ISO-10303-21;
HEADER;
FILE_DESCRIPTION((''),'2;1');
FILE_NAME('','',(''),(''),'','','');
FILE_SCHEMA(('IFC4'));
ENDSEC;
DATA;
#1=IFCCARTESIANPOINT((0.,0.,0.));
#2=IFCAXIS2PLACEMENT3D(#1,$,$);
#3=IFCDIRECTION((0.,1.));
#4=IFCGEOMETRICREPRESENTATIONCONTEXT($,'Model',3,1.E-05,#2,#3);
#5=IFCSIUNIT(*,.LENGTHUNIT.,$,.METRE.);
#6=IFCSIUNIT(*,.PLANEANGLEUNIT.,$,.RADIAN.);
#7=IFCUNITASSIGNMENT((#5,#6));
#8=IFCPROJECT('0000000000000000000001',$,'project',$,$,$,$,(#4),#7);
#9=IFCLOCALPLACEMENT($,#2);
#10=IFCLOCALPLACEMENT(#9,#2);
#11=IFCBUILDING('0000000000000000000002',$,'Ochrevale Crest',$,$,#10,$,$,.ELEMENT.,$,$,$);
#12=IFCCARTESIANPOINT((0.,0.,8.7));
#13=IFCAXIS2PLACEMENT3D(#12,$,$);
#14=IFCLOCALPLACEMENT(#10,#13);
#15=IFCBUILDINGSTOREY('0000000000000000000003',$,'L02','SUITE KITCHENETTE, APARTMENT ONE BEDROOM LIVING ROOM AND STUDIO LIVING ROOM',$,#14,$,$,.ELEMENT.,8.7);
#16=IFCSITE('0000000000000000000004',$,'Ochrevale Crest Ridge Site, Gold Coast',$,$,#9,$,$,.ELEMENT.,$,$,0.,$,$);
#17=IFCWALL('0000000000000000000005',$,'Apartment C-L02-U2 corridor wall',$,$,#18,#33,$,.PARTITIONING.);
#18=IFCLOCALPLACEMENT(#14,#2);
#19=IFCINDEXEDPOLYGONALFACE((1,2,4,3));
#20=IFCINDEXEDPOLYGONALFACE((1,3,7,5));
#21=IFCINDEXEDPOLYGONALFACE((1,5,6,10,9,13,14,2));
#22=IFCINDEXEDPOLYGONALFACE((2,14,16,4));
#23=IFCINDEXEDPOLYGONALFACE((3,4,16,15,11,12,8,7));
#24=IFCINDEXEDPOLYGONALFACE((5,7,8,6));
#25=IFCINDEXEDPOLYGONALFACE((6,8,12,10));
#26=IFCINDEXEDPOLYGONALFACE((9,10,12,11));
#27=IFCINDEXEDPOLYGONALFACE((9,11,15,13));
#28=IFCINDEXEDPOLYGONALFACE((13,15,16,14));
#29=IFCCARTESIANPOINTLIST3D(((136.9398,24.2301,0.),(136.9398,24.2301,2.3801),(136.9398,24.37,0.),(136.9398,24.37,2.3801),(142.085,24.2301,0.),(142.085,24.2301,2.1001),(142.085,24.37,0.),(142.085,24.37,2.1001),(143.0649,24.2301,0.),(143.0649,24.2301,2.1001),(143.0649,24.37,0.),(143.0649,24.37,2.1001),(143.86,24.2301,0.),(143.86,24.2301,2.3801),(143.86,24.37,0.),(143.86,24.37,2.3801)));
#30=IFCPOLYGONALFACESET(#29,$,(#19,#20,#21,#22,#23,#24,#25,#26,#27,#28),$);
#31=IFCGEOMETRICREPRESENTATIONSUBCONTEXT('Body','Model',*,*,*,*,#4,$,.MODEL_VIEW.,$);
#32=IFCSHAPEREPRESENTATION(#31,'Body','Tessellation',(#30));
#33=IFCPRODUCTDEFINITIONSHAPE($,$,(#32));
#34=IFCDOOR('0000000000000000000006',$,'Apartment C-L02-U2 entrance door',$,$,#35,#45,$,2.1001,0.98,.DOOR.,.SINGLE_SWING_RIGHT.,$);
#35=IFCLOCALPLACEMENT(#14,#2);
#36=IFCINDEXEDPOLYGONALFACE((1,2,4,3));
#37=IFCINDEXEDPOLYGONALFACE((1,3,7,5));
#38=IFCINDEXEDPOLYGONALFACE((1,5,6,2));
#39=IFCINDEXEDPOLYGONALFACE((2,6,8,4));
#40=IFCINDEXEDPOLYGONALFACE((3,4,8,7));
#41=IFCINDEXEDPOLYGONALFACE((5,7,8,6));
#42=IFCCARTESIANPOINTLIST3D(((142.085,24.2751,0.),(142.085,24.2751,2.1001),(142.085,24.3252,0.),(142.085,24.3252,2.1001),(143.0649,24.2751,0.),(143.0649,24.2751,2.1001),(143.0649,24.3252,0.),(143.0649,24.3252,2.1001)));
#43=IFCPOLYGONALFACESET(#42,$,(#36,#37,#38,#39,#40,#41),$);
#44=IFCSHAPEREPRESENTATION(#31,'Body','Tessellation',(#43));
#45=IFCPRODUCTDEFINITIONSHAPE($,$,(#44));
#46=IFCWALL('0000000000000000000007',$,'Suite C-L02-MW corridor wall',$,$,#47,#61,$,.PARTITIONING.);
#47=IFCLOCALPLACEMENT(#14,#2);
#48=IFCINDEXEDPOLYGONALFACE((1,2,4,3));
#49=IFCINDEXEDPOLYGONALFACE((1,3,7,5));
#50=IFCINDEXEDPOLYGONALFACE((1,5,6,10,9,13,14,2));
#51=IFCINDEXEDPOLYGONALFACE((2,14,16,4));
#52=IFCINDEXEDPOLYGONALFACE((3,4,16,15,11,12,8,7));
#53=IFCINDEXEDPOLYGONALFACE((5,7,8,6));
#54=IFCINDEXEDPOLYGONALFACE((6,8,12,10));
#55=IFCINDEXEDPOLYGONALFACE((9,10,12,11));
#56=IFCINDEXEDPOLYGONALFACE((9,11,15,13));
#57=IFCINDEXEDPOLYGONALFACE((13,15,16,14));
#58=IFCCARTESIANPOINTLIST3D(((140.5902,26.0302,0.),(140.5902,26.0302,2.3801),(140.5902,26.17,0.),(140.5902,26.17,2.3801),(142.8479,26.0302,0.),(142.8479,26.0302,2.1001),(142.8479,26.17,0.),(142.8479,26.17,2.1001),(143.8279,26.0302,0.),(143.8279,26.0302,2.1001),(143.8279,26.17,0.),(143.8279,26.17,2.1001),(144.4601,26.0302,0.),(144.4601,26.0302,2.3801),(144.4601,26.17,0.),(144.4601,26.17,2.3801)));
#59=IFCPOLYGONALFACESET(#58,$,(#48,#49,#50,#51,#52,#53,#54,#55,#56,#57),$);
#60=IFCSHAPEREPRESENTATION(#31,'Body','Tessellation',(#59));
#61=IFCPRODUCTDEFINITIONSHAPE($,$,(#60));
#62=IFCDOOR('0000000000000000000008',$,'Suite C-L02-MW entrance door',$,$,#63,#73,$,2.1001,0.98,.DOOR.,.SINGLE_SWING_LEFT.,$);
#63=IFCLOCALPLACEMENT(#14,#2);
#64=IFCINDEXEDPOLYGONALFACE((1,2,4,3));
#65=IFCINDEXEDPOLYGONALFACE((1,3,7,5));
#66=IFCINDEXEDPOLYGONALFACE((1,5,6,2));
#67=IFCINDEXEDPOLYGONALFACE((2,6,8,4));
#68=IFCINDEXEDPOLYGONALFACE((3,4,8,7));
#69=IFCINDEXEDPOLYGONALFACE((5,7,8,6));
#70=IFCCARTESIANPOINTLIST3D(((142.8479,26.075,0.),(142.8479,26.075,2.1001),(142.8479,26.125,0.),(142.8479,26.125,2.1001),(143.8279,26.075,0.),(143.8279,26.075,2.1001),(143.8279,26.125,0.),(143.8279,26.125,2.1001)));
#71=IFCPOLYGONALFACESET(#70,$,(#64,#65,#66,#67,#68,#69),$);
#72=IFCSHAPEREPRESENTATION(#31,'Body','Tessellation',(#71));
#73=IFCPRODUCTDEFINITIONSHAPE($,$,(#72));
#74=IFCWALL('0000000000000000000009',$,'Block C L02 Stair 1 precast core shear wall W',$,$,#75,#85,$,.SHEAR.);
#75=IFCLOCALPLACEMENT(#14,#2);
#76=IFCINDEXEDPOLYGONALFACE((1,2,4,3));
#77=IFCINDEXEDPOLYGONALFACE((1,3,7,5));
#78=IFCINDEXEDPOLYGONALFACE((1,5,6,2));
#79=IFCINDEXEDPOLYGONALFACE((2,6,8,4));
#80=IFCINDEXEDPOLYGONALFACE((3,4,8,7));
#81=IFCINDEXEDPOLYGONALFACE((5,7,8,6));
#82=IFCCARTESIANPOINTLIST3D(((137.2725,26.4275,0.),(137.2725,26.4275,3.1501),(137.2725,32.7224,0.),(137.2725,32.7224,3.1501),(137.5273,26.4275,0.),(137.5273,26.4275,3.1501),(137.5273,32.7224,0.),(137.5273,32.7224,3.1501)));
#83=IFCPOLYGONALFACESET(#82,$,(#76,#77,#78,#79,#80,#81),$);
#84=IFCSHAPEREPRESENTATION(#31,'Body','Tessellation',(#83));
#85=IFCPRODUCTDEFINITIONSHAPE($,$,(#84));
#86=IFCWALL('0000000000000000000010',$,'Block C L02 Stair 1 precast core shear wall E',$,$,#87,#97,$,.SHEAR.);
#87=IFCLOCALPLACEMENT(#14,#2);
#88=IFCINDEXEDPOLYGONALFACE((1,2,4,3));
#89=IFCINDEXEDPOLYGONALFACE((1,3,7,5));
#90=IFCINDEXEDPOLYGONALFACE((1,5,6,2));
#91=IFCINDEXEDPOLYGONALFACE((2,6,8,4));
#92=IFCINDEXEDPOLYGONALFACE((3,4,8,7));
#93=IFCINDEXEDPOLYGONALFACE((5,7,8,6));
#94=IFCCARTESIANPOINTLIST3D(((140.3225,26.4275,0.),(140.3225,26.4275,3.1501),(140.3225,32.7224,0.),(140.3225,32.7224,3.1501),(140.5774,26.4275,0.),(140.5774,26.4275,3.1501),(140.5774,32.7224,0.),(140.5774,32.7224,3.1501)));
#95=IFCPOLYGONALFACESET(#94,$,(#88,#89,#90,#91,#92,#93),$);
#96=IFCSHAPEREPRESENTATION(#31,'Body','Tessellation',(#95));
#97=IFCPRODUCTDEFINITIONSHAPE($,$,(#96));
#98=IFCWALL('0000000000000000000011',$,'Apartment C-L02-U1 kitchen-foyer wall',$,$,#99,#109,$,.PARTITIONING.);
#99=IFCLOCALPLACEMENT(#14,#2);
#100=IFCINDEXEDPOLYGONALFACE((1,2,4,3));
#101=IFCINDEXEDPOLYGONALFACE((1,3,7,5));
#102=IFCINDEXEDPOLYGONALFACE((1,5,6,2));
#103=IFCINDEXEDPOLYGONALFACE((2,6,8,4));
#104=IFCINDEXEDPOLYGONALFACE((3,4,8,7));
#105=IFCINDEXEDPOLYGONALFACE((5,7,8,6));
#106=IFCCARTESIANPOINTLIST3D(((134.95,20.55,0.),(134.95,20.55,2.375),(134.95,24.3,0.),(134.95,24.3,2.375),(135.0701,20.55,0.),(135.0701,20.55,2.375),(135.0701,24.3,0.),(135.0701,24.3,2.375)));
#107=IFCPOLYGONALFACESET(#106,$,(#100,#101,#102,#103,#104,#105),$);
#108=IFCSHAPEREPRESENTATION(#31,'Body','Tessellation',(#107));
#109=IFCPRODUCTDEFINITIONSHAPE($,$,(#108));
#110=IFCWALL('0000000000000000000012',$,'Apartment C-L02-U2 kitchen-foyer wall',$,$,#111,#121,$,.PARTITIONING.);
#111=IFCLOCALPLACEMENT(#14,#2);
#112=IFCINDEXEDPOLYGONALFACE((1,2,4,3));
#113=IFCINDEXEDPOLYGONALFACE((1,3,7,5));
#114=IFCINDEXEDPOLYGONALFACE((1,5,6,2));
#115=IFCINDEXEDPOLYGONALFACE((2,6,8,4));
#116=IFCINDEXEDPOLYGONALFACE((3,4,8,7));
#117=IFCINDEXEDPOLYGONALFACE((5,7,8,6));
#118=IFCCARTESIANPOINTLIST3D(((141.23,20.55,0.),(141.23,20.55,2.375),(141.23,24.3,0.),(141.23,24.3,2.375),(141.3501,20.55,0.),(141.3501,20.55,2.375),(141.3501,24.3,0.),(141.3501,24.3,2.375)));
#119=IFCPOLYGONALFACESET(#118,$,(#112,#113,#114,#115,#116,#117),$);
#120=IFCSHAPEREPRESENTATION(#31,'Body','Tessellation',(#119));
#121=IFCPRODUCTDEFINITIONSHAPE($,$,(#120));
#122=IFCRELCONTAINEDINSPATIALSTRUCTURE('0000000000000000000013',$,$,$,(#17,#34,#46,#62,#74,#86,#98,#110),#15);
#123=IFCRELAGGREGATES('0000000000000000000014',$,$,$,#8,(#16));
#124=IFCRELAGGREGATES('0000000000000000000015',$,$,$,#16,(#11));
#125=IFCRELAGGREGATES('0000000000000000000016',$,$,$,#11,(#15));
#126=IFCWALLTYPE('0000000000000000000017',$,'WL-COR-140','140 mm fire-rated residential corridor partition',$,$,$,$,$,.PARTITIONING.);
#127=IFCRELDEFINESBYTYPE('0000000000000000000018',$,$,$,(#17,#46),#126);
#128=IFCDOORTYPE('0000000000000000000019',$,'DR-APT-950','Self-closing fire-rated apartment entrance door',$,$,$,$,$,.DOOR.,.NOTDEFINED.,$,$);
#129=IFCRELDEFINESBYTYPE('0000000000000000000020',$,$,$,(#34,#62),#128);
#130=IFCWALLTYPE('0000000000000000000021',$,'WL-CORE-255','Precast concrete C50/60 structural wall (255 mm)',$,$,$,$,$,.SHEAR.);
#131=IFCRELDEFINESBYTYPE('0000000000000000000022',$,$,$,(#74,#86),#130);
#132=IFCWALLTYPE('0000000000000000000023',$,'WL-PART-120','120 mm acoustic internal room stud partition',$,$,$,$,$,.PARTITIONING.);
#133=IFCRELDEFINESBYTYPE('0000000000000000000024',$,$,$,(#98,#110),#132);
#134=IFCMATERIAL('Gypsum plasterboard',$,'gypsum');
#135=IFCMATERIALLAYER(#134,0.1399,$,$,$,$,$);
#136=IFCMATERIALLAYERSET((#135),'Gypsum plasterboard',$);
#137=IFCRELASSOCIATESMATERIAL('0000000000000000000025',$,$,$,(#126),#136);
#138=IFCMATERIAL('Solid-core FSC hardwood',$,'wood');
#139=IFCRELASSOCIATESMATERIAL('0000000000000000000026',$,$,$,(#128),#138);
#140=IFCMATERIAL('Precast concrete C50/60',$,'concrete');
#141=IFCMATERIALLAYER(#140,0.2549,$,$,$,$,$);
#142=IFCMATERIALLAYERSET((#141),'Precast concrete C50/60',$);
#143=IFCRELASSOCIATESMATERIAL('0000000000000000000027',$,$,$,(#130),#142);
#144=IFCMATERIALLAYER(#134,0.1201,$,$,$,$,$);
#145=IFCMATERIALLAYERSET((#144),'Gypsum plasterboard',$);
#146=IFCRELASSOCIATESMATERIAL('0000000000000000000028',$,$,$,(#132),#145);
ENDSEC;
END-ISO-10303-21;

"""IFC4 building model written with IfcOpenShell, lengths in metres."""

from ifc_helpers import new_model, si_unit, direction, frame, frame_2d, origin, place, context, subcontext, project, spatial, rectangle, extrude, material, layer, layer_set, type_object, element, fill, save


model = new_model("IFC4")

# Units and contexts
model_context = context("Model", 3, precision=1e-05, world=origin(), true_north=direction((0.0, 1.0)))
body_context = subcontext(model_context, "Body", "Model", "MODEL_VIEW")
ifc_project = project(units=[si_unit("LENGTHUNIT", "METRE"), si_unit("PLANEANGLEUNIT", "RADIAN")], contexts=[model_context])

# Site, building, storey
site_placement = place(None, origin())
site = spatial("IfcSite", under=ifc_project, at=site_placement, Name="Ochrevale Crest Ridge Site, Gold Coast", CompositionType="ELEMENT", RefElevation=0.0)
building_placement = place(site_placement, origin())
building = spatial("IfcBuilding", under=site, at=building_placement, Name="Ochrevale Crest", CompositionType="ELEMENT")
storey_placement = place(building_placement, frame((0.0, 0.0, 8.7)))
storey = spatial("IfcBuildingStorey", under=building, at=storey_placement, Name="L02", Description="SUITE KITCHENETTE, APARTMENT ONE BEDROOM LIVING ROOM AND STUDIO LIVING ROOM", CompositionType="ELEMENT", Elevation=8.7)

# Shared definitions
ifc_material_1 = material(Name="Precast concrete C50/60", Category="concrete")

# Walls, openings, doors
ifc_material_2 = material(Name="Gypsum plasterboard", Category="gypsum")
ifc_layer_1 = layer(ifc_material_2, 0.1399)
ifc_layer_set_1 = layer_set([ifc_layer_1], Name="Gypsum plasterboard")
wall_type_1 = type_object("IfcWallType", Name="WL-COR-140", Description="140 mm fire-rated residential corridor partition", PredefinedType="PARTITIONING", material=ifc_layer_set_1)
wall_1_placement = place(storey_placement, frame((136.9399, 24.3, 0.0), z_axis=(0.0, 0.0, 1.0), x_axis=(1.0, 0.0, 0.0)))
wall_1 = element("IfcWall", 1, at=wall_1_placement, inside=storey, type_object=wall_type_1, Name="Apartment C-L02-U2 corridor wall", PredefinedType="PARTITIONING", context=body_context, shape_type="SweptSolid", body=[
    extrude(rectangle(XDim=6.9202, YDim=0.1399, at=frame_2d((3.46, 0.0))), origin(), (0.0, 0.0, 1.0), 2.3801),
])
opening_1_placement = place(wall_1_placement, frame((6.125, 0.0, 0.0), z_axis=(0.0, 0.0, 1.0), x_axis=(-1.0, 0.0, 0.0)))
opening_1 = element("IfcOpeningElement", 2, at=opening_1_placement, cuts=wall_1, PredefinedType="OPENING", context=body_context, shape_type="SweptSolid", body=[
    extrude(rectangle(XDim=0.98, YDim=2.1001, at=frame_2d((0.49, 1.05))), frame((0.0, 0.0801, 0.0), z_axis=(0.0, -1.0, 0.0), x_axis=(1.0, 0.0, 0.0)), (0.0, 0.0, 1.0), 0.1599),
])
ifc_material_3 = material(Name="Solid-core FSC hardwood", Category="wood")
door_type_1 = type_object("IfcDoorType", Name="DR-APT-950", Description="Self-closing fire-rated apartment entrance door", OperationType="NOTDEFINED", PredefinedType="DOOR", material=ifc_material_3)
door_1_placement = place(opening_1_placement, origin())
door_1 = element("IfcDoor", 3, at=door_1_placement, inside=storey, type_object=door_type_1, Name="Apartment C-L02-U2 entrance door", OperationType="SINGLE_SWING_RIGHT", OverallHeight=2.1001, OverallWidth=0.98, PredefinedType="DOOR", context=body_context, shape_type="SweptSolid", body=[
    extrude(rectangle(XDim=0.98, YDim=2.1001, at=frame_2d((0.49, 1.05))), frame((0.0, 0.0249, 0.0), z_axis=(0.0, -1.0, 0.0), x_axis=(1.0, 0.0, 0.0)), (0.0, 0.0, 1.0), 0.05),
])
fill(opening_1, door_1)
wall_2_placement = place(storey_placement, frame((140.5901, 26.1001, 0.0), z_axis=(0.0, 0.0, 1.0), x_axis=(1.0, 0.0, 0.0)))
wall_2 = element("IfcWall", 4, at=wall_2_placement, inside=storey, type_object=wall_type_1, Name="Suite C-L02-MW corridor wall", PredefinedType="PARTITIONING", context=body_context, shape_type="SweptSolid", body=[
    extrude(rectangle(XDim=3.8699, YDim=0.1399, at=frame_2d((1.9351, 0.0))), origin(), (0.0, 0.0, 1.0), 2.3801),
])
opening_2_placement = place(wall_2_placement, frame((2.2578, 0.0, 0.0)))
opening_2 = element("IfcOpeningElement", 5, at=opening_2_placement, cuts=wall_2, PredefinedType="OPENING", context=body_context, shape_type="SweptSolid", body=[
    extrude(rectangle(XDim=0.98, YDim=2.1001, at=frame_2d((0.49, 1.05))), frame((0.0, 0.0801, 0.0), z_axis=(0.0, -1.0, 0.0), x_axis=(1.0, 0.0, 0.0)), (0.0, 0.0, 1.0), 0.1599),
])
door_2_placement = place(opening_2_placement, origin())
door_2 = element("IfcDoor", 6, at=door_2_placement, inside=storey, type_object=door_type_1, Name="Suite C-L02-MW entrance door", OperationType="SINGLE_SWING_LEFT", OverallHeight=2.1001, OverallWidth=0.98, PredefinedType="DOOR", context=body_context, shape_type="SweptSolid", body=[
    extrude(rectangle(XDim=0.98, YDim=2.1001, at=frame_2d((0.49, 1.05))), frame((0.0, 0.0249, 0.0), z_axis=(0.0, -1.0, 0.0), x_axis=(1.0, 0.0, 0.0)), (0.0, 0.0, 1.0), 0.05),
])
fill(opening_2, door_2)
ifc_layer_2 = layer(ifc_material_1, 0.2549)
ifc_layer_set_2 = layer_set([ifc_layer_2], Name="Precast concrete C50/60")
wall_type_2 = type_object("IfcWallType", Name="WL-CORE-255", Description="Precast concrete C50/60 structural wall (255 mm)", PredefinedType="SHEAR", material=ifc_layer_set_2)

# Walls
for number, where, z_axis, x_axis, name in (
    (7, (137.3999, 26.4275, 0.0), (0.0, 0.0, 1.0), (0.0, 1.0, 0.0), "Block C L02 Stair 1 precast core shear wall W"),
    (8, (140.45, 26.4275, 0.0), (0.0, 0.0, 1.0), (0.0, 1.0, 0.0), "Block C L02 Stair 1 precast core shear wall E"),
):
    element("IfcWall", number, at=place(storey_placement, frame(where, z_axis=z_axis, x_axis=x_axis)), inside=storey, type_object=wall_type_2, Name=name, PredefinedType="SHEAR", context=body_context, shape_type="SweptSolid", body=[
        extrude(rectangle(XDim=6.2949, YDim=0.2549, at=frame_2d((3.1475, 0.0))), origin(), (0.0, 0.0, 1.0), 3.1501),
    ])
ifc_layer_3 = layer(ifc_material_2, 0.1201)
ifc_layer_set_3 = layer_set([ifc_layer_3], Name="Gypsum plasterboard")
wall_type_3 = type_object("IfcWallType", Name="WL-PART-120", Description="120 mm acoustic internal room stud partition", PredefinedType="PARTITIONING", material=ifc_layer_set_3)
for number, where, z_axis, x_axis, name in (
    (9, (135.01, 20.55, 0.0), (0.0, 0.0, 1.0), (0.0, 1.0, 0.0), "Apartment C-L02-U1 kitchen-foyer wall"),
    (10, (141.29, 20.55, 0.0), (0.0, 0.0, 1.0), (0.0, 1.0, 0.0), "Apartment C-L02-U2 kitchen-foyer wall"),
):
    element("IfcWall", number, at=place(storey_placement, frame(where, z_axis=z_axis, x_axis=x_axis)), inside=storey, type_object=wall_type_3, Name=name, PredefinedType="PARTITIONING", context=body_context, shape_type="SweptSolid", body=[
        extrude(rectangle(XDim=3.75, YDim=0.1201, at=frame_2d((1.875, 0.0))), origin(), (0.0, 0.0, 1.0), 2.375),
    ])

save(model, "model.ifc")
